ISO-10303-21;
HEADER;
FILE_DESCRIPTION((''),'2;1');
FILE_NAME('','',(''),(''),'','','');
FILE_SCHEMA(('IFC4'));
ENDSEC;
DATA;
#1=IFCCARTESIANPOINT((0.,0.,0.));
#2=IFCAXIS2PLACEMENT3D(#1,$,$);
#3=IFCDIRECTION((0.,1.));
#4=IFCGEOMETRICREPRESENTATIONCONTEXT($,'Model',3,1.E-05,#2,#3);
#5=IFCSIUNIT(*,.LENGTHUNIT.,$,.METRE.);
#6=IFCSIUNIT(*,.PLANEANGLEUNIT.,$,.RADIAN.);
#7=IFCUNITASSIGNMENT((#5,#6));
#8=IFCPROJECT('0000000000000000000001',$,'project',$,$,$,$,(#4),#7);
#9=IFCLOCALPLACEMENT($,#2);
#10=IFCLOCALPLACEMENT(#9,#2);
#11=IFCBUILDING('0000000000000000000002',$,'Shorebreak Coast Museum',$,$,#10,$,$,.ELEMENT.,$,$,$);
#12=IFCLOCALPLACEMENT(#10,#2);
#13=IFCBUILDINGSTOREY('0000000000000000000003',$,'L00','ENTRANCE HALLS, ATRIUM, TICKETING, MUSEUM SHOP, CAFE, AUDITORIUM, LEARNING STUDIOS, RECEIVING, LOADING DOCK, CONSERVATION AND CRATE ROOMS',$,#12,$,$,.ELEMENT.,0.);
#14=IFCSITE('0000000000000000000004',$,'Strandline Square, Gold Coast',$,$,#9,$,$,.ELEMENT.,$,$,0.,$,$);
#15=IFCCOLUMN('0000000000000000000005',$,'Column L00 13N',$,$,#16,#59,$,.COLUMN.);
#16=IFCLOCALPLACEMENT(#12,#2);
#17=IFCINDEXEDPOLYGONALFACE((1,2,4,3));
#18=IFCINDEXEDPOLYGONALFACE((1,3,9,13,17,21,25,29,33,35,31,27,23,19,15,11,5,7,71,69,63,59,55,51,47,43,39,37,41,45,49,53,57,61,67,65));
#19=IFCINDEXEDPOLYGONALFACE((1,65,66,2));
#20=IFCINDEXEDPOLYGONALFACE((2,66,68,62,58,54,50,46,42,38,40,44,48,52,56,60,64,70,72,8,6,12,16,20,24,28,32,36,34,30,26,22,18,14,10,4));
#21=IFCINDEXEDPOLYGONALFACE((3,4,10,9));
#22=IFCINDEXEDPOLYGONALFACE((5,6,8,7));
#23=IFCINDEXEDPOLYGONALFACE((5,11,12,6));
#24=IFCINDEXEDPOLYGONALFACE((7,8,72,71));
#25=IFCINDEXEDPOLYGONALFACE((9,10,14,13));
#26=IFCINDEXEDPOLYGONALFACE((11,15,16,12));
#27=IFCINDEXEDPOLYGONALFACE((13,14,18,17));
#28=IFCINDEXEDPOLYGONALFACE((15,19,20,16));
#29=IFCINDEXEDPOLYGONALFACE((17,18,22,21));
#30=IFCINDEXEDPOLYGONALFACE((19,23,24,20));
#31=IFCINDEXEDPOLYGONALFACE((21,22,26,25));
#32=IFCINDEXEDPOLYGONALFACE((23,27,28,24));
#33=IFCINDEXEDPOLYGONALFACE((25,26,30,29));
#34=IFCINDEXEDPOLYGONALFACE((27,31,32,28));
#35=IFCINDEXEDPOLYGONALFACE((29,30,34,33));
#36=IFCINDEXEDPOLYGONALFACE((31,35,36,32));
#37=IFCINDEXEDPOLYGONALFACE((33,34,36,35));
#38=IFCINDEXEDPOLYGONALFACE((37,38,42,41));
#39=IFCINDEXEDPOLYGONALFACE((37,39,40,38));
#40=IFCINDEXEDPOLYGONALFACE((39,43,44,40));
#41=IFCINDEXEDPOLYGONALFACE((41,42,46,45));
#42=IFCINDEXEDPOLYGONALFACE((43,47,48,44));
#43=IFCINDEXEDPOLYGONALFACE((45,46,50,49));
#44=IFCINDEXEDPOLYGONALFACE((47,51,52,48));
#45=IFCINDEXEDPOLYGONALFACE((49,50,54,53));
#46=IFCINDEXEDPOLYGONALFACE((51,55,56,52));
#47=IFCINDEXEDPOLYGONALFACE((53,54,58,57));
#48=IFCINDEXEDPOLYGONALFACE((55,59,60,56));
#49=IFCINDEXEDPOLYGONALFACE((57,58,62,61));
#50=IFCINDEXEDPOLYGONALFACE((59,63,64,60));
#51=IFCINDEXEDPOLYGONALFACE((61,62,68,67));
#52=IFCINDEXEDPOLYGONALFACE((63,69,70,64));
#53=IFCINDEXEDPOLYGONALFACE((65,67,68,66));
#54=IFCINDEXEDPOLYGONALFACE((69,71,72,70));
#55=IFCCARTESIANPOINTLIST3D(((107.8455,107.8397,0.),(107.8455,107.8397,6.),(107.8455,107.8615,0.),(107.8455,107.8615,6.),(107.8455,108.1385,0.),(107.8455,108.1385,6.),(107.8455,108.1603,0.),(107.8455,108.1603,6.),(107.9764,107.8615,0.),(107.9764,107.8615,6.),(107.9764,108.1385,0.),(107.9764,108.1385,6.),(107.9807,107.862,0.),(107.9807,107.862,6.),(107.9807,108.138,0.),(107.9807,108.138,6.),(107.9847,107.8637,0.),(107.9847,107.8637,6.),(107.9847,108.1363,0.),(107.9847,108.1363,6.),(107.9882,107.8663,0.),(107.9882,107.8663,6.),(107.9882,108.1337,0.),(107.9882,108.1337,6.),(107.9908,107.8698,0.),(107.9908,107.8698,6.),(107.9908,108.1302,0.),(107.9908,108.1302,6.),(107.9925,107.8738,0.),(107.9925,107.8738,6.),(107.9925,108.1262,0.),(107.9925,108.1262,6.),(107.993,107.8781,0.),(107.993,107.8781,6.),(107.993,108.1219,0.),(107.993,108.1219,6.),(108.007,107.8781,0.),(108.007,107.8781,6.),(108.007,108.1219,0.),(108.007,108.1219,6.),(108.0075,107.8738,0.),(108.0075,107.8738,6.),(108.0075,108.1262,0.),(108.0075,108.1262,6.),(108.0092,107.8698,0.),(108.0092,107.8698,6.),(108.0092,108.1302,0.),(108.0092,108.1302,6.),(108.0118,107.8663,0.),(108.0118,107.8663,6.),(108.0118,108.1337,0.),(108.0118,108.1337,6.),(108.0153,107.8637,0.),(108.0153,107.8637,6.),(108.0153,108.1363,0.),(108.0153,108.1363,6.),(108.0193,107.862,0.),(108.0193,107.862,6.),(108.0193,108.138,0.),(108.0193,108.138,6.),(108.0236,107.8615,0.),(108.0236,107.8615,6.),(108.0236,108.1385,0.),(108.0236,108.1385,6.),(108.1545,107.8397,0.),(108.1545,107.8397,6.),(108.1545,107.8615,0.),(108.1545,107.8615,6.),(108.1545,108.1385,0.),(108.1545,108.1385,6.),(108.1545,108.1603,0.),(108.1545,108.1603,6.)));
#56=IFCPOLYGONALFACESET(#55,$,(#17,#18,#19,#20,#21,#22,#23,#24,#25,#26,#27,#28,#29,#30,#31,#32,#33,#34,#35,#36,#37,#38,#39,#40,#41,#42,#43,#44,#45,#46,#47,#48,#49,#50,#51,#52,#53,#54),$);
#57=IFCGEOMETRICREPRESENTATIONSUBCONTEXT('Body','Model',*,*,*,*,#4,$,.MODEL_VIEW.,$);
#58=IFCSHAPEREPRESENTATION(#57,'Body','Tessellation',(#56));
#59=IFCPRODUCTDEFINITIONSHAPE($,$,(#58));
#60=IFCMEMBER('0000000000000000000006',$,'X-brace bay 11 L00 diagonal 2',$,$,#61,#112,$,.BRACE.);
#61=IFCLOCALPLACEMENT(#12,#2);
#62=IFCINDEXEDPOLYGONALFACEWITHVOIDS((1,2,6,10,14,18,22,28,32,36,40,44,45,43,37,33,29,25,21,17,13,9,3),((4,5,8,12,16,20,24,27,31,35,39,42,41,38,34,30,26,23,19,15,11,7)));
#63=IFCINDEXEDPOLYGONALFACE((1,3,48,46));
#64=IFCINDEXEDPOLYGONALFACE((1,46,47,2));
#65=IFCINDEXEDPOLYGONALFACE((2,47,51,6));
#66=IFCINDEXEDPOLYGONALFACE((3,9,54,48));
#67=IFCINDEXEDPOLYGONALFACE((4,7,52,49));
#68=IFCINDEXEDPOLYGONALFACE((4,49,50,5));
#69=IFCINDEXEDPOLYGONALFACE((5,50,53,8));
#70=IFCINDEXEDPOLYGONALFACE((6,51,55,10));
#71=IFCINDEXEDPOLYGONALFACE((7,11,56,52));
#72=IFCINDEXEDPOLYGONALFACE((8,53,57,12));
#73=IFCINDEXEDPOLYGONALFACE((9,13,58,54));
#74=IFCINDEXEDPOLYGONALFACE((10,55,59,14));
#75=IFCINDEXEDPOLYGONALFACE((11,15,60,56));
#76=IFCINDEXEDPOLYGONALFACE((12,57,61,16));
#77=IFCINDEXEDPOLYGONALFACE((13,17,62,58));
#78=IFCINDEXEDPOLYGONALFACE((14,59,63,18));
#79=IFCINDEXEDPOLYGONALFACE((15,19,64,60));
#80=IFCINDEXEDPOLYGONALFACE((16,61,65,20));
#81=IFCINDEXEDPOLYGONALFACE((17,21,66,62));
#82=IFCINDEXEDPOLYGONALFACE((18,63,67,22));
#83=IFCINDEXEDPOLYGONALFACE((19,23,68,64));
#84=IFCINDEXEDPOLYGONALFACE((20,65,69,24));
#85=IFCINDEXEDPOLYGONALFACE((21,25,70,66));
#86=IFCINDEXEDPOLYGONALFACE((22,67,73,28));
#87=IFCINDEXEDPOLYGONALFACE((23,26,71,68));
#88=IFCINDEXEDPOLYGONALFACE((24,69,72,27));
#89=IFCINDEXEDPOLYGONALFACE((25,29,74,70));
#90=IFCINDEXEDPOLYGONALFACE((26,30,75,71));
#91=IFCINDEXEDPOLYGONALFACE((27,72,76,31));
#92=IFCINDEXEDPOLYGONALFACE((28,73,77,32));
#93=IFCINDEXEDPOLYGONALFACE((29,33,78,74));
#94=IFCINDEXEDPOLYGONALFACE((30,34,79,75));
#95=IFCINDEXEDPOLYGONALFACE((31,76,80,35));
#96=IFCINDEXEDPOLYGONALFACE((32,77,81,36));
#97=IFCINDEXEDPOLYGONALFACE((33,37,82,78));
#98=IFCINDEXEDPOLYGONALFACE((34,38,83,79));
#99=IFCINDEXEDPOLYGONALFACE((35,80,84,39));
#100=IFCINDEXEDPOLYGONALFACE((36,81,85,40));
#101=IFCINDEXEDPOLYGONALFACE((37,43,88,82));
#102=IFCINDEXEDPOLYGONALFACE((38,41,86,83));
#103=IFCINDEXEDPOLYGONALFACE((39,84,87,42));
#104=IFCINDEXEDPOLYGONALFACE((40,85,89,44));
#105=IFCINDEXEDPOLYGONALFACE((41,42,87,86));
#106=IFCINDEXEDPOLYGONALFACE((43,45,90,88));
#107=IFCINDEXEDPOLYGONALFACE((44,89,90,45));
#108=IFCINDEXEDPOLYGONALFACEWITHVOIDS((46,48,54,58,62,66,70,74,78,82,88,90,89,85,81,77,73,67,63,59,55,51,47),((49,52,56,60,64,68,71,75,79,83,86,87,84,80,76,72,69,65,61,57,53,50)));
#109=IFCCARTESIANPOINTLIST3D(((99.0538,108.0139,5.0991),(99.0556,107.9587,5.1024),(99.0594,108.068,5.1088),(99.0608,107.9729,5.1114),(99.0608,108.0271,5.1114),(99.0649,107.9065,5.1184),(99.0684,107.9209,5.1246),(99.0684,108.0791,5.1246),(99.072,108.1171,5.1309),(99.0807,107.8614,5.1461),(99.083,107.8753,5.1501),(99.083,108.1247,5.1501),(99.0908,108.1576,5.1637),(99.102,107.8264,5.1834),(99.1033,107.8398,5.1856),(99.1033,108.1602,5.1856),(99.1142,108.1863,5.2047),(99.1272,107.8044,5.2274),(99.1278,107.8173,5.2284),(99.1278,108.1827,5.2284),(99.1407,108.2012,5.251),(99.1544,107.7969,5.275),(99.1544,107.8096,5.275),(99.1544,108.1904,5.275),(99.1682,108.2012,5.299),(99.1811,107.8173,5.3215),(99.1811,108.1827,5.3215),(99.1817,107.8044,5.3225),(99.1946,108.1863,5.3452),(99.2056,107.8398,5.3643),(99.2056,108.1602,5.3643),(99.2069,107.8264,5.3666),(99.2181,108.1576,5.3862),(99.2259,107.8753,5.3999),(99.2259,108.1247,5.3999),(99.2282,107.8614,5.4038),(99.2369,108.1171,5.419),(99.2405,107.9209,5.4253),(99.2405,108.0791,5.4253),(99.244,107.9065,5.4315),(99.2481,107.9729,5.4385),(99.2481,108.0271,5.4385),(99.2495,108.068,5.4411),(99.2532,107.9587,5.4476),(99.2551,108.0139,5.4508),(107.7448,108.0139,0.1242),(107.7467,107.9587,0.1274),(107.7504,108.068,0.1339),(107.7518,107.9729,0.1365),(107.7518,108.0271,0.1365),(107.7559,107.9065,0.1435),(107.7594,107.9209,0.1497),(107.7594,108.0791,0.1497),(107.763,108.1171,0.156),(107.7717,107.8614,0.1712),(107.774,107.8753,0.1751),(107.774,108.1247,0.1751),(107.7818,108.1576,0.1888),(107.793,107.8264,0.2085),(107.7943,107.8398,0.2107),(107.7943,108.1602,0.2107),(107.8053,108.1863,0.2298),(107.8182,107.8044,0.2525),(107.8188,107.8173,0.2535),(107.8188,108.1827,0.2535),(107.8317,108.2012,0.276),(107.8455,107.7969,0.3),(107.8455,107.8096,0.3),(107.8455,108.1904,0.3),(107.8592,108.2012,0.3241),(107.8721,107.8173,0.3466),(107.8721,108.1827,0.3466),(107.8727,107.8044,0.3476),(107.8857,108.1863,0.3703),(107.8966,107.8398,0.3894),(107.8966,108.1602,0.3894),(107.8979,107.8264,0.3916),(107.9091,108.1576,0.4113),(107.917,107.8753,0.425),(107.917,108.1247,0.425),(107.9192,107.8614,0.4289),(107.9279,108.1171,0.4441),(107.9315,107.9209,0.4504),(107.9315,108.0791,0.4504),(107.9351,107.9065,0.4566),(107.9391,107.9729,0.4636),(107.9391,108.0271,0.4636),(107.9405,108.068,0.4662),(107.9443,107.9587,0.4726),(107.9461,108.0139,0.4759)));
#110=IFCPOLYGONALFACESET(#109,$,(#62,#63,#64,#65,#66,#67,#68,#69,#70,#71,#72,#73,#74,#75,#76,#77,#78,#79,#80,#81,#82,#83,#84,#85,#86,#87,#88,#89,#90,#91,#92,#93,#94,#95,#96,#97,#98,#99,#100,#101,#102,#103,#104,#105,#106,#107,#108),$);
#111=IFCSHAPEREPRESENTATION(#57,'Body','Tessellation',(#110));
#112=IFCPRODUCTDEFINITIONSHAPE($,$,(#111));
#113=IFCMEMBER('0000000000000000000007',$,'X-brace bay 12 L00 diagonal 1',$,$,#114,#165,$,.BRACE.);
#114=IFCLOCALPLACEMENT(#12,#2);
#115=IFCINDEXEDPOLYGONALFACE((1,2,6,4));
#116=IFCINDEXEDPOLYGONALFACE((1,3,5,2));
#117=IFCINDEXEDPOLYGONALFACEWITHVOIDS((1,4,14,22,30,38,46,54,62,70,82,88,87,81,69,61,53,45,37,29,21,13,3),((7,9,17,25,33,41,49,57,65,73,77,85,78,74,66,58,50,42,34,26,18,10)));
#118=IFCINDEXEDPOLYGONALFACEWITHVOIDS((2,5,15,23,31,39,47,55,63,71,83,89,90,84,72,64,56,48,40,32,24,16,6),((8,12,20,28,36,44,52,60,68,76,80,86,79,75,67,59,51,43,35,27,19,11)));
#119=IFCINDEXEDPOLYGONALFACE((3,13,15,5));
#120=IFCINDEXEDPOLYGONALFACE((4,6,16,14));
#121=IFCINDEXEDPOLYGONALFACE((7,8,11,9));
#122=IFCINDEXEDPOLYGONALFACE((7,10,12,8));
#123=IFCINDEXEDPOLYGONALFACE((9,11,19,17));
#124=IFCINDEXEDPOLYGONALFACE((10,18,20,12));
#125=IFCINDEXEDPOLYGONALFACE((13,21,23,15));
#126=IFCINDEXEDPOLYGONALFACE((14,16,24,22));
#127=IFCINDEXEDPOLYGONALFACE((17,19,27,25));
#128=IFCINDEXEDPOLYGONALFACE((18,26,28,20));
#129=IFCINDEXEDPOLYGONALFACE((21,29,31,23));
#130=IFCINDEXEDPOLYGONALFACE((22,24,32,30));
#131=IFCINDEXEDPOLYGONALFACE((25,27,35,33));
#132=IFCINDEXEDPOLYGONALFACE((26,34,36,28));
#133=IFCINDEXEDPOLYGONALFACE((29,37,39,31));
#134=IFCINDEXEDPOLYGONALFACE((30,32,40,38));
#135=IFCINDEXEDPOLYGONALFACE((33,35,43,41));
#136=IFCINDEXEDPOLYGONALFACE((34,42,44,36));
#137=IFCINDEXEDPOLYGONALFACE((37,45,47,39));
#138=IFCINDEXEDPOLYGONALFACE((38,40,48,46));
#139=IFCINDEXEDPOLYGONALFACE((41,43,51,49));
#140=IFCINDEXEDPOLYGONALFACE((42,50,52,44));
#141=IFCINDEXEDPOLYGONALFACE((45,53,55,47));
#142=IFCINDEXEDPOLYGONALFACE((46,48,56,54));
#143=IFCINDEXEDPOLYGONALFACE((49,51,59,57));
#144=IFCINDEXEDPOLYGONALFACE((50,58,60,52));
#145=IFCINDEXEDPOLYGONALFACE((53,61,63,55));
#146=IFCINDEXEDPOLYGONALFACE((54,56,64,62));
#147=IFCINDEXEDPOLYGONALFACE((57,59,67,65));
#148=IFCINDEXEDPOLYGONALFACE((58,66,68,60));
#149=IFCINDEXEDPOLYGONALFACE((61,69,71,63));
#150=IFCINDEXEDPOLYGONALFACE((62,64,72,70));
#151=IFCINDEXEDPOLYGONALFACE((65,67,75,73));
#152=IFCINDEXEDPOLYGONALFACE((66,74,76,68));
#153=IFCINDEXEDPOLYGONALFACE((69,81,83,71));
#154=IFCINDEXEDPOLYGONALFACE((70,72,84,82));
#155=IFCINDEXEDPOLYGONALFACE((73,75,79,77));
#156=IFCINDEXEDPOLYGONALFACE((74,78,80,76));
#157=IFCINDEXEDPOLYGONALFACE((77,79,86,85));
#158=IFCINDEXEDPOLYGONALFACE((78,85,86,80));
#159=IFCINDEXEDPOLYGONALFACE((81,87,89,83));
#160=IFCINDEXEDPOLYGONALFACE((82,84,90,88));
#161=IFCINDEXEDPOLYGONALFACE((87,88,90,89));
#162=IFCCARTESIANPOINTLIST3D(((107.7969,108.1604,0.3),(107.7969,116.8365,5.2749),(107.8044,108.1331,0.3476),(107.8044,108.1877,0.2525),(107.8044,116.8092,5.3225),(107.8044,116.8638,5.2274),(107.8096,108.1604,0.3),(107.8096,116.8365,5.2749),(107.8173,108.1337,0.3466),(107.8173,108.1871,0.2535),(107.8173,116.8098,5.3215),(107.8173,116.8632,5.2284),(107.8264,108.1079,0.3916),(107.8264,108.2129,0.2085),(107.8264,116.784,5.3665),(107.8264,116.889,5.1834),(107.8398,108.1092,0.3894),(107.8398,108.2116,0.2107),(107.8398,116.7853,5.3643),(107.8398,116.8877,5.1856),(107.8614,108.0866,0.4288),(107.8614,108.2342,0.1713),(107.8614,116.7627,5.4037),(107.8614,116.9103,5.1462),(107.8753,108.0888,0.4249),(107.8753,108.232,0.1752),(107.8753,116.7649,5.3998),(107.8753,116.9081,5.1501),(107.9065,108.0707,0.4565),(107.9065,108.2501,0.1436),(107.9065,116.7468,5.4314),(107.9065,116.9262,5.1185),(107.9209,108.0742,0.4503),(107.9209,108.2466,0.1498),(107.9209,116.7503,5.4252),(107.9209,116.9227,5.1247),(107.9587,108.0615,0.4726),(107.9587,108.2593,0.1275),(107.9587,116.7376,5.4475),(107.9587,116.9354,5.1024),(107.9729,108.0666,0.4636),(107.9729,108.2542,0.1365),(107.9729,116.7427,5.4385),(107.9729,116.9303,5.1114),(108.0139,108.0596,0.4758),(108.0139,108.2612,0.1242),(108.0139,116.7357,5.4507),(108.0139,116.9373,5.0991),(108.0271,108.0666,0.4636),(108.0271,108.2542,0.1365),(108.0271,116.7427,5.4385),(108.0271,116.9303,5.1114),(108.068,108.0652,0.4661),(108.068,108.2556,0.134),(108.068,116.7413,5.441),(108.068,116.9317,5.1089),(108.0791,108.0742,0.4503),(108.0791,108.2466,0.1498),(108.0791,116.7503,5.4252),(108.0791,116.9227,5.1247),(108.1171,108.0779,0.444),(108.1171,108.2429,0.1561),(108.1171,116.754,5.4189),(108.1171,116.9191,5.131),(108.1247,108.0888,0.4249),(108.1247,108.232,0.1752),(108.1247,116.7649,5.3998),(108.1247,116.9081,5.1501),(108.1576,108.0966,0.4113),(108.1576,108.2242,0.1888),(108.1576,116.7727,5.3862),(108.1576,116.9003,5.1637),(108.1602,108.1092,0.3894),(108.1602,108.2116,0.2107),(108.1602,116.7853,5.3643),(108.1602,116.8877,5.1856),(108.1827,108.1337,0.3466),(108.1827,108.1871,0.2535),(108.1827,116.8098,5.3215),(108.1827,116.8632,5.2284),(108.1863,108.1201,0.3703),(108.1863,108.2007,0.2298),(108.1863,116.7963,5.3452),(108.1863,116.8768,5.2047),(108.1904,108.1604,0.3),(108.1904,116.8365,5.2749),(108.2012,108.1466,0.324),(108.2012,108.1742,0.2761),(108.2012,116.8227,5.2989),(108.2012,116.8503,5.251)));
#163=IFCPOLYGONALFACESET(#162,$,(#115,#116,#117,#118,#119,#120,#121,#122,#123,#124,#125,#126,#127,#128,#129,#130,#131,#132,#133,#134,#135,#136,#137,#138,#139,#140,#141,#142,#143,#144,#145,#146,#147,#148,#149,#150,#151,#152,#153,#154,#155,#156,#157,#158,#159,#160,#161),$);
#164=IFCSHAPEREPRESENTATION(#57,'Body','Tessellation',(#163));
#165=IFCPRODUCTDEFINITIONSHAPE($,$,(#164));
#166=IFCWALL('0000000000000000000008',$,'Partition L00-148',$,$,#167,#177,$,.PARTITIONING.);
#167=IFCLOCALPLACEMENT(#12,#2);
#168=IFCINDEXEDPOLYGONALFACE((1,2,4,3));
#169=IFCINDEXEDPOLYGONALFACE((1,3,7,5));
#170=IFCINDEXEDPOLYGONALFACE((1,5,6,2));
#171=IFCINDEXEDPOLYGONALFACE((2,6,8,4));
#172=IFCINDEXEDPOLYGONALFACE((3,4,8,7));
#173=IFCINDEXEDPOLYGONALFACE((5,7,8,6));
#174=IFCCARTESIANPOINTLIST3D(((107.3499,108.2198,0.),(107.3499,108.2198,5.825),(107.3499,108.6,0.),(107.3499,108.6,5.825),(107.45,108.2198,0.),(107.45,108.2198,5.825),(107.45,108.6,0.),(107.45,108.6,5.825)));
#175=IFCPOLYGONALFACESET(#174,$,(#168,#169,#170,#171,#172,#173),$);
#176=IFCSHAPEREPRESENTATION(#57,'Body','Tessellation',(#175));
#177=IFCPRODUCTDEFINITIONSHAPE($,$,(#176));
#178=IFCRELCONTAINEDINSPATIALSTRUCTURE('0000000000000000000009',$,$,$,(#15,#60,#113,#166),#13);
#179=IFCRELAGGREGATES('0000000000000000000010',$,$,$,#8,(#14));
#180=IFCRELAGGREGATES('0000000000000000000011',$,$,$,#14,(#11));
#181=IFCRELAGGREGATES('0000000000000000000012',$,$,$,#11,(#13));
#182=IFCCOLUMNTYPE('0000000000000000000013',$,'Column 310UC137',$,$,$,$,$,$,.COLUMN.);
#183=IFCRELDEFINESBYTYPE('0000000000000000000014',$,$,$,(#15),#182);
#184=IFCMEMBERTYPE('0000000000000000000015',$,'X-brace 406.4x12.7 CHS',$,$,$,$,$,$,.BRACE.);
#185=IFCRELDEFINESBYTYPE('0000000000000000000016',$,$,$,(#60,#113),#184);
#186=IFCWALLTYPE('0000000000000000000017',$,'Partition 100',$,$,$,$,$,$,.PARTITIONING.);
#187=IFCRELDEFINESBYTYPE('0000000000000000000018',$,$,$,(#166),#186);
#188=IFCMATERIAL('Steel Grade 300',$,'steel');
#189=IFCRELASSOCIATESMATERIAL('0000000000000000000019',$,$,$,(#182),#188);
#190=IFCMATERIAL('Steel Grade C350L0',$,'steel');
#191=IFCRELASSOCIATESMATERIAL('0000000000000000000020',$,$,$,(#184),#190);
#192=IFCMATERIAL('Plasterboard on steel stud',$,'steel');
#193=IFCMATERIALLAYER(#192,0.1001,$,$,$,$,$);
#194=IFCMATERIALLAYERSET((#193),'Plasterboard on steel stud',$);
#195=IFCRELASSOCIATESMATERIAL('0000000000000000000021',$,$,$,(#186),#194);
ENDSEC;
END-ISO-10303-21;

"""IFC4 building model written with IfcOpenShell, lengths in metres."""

from ifc_helpers import new_model, si_unit, direction, frame, frame_2d, origin, origin_2d, place, context, subcontext, project, spatial, rectangle, hollow_circle, i_section, extrude, material, layer, layer_set, material_profile, profile_set, type_object, element, save


model = new_model("IFC4")

# Units and contexts
model_context = context("Model", 3, precision=1e-05, world=origin(), true_north=direction((0.0, 1.0)))
body_context = subcontext(model_context, "Body", "Model", "MODEL_VIEW")
ifc_project = project(units=[si_unit("LENGTHUNIT", "METRE"), si_unit("PLANEANGLEUNIT", "RADIAN")], contexts=[model_context])

# Site, building, storey
site_placement = place(None, origin())
site = spatial("IfcSite", under=ifc_project, at=site_placement, Name="Strandline Square, Gold Coast", CompositionType="ELEMENT", RefElevation=0.0)
building_placement = place(site_placement, origin())
building = spatial("IfcBuilding", under=site, at=building_placement, Name="Shorebreak Coast Museum", CompositionType="ELEMENT")
storey_placement = place(building_placement, origin())
storey = spatial("IfcBuildingStorey", under=building, at=storey_placement, Name="L00", Description="ENTRANCE HALLS, ATRIUM, TICKETING, MUSEUM SHOP, CAFE, AUDITORIUM, LEARNING STUDIOS, RECEIVING, LOADING DOCK, CONSERVATION AND CRATE ROOMS", CompositionType="ELEMENT", Elevation=0.0)

# Column
ifc_material_1 = material(Name="Steel Grade 300", Category="steel")
ifc_material_profile_1 = material_profile(ifc_material_1, i_section(OverallWidth=0.3091, OverallDepth=0.3206, WebThickness=0.0139, FlangeThickness=0.0217, FilletRadius=0.0166, at=origin_2d()), Name="310UC137")
ifc_profile_set_1 = profile_set([ifc_material_profile_1], Name="Steel Grade 300")
column_type = type_object("IfcColumnType", Name="Column 310UC137", PredefinedType="COLUMN", material=ifc_profile_set_1)
column_placement = place(storey_placement, frame((108.0, 108.0, 0.0), z_axis=(0.0, 0.0, 1.0), x_axis=(1.0, 0.0, 0.0)))
element("IfcColumn", 1, at=column_placement, inside=storey, type_object=column_type, Name="Column L00 13N", PredefinedType="COLUMN", context=body_context, shape_type="SweptSolid", body=[
    extrude(i_section(OverallWidth=0.3091, OverallDepth=0.3206, WebThickness=0.0139, FlangeThickness=0.0217, FilletRadius=0.0166, at=origin_2d()), origin(), (0.0, 0.0, 1.0), 6.0),
])

# Members
ifc_material_2 = material(Name="Steel Grade C350L0", Category="steel")
ifc_material_profile_2 = material_profile(ifc_material_2, hollow_circle(Radius=0.2031, WallThickness=0.0127, at=origin_2d()), Name="406.4x12.7 CHS")
ifc_profile_set_2 = profile_set([ifc_material_profile_2], Name="Steel Grade C350L0")
member_type = type_object("IfcMemberType", Name="X-brace 406.4x12.7 CHS", PredefinedType="BRACE", material=ifc_profile_set_2)
member_1_placement = place(storey_placement, frame((107.8455, 108.0, 0.3), z_axis=(-0.867872, 0.0, 0.496787), x_axis=(0.0, -1.0, 0.0)))
element("IfcMember", 2, at=member_1_placement, inside=storey, type_object=member_type, Name="X-brace bay 11 L00 diagonal 2", PredefinedType="BRACE", context=body_context, shape_type="SweptSolid", body=[
    extrude(hollow_circle(Radius=0.2031, WallThickness=0.0127, at=origin_2d()), origin(), (0.0, 0.0, 1.0), 10.0142),
])
member_2_placement = place(storey_placement, frame((108.0, 108.1604, 0.3), z_axis=(0.0, 0.867505, 0.497429), x_axis=(-1.0, 0.0, 0.0)))
element("IfcMember", 3, at=member_2_placement, inside=storey, type_object=member_type, Name="X-brace bay 12 L00 diagonal 1", PredefinedType="BRACE", context=body_context, shape_type="SweptSolid", body=[
    extrude(hollow_circle(Radius=0.2031, WallThickness=0.0127, at=origin_2d()), origin(), (0.0, 0.0, 1.0), 10.0012),
])

# Wall
ifc_material_3 = material(Name="Plasterboard on steel stud", Category="steel")
ifc_layer_1 = layer(ifc_material_3, 0.1001)
ifc_layer_set_1 = layer_set([ifc_layer_1], Name="Plasterboard on steel stud")
wall_type_1 = type_object("IfcWallType", Name="Partition 100", PredefinedType="PARTITIONING", material=ifc_layer_set_1)
wall_1_placement = place(storey_placement, frame((107.3999, 108.22, 0.0), z_axis=(0.0, 0.0, 1.0), x_axis=(0.0, 1.0, 0.0)))
element("IfcWall", 4, at=wall_1_placement, inside=storey, type_object=wall_type_1, Name="Partition L00-148", PredefinedType="PARTITIONING", context=body_context, shape_type="SweptSolid", body=[
    extrude(rectangle(XDim=0.3801, YDim=0.1001, at=frame_2d((0.1899, 0.0))), origin(), (0.0, 0.0, 1.0), 5.825),
])

save(model, "model.ifc")
